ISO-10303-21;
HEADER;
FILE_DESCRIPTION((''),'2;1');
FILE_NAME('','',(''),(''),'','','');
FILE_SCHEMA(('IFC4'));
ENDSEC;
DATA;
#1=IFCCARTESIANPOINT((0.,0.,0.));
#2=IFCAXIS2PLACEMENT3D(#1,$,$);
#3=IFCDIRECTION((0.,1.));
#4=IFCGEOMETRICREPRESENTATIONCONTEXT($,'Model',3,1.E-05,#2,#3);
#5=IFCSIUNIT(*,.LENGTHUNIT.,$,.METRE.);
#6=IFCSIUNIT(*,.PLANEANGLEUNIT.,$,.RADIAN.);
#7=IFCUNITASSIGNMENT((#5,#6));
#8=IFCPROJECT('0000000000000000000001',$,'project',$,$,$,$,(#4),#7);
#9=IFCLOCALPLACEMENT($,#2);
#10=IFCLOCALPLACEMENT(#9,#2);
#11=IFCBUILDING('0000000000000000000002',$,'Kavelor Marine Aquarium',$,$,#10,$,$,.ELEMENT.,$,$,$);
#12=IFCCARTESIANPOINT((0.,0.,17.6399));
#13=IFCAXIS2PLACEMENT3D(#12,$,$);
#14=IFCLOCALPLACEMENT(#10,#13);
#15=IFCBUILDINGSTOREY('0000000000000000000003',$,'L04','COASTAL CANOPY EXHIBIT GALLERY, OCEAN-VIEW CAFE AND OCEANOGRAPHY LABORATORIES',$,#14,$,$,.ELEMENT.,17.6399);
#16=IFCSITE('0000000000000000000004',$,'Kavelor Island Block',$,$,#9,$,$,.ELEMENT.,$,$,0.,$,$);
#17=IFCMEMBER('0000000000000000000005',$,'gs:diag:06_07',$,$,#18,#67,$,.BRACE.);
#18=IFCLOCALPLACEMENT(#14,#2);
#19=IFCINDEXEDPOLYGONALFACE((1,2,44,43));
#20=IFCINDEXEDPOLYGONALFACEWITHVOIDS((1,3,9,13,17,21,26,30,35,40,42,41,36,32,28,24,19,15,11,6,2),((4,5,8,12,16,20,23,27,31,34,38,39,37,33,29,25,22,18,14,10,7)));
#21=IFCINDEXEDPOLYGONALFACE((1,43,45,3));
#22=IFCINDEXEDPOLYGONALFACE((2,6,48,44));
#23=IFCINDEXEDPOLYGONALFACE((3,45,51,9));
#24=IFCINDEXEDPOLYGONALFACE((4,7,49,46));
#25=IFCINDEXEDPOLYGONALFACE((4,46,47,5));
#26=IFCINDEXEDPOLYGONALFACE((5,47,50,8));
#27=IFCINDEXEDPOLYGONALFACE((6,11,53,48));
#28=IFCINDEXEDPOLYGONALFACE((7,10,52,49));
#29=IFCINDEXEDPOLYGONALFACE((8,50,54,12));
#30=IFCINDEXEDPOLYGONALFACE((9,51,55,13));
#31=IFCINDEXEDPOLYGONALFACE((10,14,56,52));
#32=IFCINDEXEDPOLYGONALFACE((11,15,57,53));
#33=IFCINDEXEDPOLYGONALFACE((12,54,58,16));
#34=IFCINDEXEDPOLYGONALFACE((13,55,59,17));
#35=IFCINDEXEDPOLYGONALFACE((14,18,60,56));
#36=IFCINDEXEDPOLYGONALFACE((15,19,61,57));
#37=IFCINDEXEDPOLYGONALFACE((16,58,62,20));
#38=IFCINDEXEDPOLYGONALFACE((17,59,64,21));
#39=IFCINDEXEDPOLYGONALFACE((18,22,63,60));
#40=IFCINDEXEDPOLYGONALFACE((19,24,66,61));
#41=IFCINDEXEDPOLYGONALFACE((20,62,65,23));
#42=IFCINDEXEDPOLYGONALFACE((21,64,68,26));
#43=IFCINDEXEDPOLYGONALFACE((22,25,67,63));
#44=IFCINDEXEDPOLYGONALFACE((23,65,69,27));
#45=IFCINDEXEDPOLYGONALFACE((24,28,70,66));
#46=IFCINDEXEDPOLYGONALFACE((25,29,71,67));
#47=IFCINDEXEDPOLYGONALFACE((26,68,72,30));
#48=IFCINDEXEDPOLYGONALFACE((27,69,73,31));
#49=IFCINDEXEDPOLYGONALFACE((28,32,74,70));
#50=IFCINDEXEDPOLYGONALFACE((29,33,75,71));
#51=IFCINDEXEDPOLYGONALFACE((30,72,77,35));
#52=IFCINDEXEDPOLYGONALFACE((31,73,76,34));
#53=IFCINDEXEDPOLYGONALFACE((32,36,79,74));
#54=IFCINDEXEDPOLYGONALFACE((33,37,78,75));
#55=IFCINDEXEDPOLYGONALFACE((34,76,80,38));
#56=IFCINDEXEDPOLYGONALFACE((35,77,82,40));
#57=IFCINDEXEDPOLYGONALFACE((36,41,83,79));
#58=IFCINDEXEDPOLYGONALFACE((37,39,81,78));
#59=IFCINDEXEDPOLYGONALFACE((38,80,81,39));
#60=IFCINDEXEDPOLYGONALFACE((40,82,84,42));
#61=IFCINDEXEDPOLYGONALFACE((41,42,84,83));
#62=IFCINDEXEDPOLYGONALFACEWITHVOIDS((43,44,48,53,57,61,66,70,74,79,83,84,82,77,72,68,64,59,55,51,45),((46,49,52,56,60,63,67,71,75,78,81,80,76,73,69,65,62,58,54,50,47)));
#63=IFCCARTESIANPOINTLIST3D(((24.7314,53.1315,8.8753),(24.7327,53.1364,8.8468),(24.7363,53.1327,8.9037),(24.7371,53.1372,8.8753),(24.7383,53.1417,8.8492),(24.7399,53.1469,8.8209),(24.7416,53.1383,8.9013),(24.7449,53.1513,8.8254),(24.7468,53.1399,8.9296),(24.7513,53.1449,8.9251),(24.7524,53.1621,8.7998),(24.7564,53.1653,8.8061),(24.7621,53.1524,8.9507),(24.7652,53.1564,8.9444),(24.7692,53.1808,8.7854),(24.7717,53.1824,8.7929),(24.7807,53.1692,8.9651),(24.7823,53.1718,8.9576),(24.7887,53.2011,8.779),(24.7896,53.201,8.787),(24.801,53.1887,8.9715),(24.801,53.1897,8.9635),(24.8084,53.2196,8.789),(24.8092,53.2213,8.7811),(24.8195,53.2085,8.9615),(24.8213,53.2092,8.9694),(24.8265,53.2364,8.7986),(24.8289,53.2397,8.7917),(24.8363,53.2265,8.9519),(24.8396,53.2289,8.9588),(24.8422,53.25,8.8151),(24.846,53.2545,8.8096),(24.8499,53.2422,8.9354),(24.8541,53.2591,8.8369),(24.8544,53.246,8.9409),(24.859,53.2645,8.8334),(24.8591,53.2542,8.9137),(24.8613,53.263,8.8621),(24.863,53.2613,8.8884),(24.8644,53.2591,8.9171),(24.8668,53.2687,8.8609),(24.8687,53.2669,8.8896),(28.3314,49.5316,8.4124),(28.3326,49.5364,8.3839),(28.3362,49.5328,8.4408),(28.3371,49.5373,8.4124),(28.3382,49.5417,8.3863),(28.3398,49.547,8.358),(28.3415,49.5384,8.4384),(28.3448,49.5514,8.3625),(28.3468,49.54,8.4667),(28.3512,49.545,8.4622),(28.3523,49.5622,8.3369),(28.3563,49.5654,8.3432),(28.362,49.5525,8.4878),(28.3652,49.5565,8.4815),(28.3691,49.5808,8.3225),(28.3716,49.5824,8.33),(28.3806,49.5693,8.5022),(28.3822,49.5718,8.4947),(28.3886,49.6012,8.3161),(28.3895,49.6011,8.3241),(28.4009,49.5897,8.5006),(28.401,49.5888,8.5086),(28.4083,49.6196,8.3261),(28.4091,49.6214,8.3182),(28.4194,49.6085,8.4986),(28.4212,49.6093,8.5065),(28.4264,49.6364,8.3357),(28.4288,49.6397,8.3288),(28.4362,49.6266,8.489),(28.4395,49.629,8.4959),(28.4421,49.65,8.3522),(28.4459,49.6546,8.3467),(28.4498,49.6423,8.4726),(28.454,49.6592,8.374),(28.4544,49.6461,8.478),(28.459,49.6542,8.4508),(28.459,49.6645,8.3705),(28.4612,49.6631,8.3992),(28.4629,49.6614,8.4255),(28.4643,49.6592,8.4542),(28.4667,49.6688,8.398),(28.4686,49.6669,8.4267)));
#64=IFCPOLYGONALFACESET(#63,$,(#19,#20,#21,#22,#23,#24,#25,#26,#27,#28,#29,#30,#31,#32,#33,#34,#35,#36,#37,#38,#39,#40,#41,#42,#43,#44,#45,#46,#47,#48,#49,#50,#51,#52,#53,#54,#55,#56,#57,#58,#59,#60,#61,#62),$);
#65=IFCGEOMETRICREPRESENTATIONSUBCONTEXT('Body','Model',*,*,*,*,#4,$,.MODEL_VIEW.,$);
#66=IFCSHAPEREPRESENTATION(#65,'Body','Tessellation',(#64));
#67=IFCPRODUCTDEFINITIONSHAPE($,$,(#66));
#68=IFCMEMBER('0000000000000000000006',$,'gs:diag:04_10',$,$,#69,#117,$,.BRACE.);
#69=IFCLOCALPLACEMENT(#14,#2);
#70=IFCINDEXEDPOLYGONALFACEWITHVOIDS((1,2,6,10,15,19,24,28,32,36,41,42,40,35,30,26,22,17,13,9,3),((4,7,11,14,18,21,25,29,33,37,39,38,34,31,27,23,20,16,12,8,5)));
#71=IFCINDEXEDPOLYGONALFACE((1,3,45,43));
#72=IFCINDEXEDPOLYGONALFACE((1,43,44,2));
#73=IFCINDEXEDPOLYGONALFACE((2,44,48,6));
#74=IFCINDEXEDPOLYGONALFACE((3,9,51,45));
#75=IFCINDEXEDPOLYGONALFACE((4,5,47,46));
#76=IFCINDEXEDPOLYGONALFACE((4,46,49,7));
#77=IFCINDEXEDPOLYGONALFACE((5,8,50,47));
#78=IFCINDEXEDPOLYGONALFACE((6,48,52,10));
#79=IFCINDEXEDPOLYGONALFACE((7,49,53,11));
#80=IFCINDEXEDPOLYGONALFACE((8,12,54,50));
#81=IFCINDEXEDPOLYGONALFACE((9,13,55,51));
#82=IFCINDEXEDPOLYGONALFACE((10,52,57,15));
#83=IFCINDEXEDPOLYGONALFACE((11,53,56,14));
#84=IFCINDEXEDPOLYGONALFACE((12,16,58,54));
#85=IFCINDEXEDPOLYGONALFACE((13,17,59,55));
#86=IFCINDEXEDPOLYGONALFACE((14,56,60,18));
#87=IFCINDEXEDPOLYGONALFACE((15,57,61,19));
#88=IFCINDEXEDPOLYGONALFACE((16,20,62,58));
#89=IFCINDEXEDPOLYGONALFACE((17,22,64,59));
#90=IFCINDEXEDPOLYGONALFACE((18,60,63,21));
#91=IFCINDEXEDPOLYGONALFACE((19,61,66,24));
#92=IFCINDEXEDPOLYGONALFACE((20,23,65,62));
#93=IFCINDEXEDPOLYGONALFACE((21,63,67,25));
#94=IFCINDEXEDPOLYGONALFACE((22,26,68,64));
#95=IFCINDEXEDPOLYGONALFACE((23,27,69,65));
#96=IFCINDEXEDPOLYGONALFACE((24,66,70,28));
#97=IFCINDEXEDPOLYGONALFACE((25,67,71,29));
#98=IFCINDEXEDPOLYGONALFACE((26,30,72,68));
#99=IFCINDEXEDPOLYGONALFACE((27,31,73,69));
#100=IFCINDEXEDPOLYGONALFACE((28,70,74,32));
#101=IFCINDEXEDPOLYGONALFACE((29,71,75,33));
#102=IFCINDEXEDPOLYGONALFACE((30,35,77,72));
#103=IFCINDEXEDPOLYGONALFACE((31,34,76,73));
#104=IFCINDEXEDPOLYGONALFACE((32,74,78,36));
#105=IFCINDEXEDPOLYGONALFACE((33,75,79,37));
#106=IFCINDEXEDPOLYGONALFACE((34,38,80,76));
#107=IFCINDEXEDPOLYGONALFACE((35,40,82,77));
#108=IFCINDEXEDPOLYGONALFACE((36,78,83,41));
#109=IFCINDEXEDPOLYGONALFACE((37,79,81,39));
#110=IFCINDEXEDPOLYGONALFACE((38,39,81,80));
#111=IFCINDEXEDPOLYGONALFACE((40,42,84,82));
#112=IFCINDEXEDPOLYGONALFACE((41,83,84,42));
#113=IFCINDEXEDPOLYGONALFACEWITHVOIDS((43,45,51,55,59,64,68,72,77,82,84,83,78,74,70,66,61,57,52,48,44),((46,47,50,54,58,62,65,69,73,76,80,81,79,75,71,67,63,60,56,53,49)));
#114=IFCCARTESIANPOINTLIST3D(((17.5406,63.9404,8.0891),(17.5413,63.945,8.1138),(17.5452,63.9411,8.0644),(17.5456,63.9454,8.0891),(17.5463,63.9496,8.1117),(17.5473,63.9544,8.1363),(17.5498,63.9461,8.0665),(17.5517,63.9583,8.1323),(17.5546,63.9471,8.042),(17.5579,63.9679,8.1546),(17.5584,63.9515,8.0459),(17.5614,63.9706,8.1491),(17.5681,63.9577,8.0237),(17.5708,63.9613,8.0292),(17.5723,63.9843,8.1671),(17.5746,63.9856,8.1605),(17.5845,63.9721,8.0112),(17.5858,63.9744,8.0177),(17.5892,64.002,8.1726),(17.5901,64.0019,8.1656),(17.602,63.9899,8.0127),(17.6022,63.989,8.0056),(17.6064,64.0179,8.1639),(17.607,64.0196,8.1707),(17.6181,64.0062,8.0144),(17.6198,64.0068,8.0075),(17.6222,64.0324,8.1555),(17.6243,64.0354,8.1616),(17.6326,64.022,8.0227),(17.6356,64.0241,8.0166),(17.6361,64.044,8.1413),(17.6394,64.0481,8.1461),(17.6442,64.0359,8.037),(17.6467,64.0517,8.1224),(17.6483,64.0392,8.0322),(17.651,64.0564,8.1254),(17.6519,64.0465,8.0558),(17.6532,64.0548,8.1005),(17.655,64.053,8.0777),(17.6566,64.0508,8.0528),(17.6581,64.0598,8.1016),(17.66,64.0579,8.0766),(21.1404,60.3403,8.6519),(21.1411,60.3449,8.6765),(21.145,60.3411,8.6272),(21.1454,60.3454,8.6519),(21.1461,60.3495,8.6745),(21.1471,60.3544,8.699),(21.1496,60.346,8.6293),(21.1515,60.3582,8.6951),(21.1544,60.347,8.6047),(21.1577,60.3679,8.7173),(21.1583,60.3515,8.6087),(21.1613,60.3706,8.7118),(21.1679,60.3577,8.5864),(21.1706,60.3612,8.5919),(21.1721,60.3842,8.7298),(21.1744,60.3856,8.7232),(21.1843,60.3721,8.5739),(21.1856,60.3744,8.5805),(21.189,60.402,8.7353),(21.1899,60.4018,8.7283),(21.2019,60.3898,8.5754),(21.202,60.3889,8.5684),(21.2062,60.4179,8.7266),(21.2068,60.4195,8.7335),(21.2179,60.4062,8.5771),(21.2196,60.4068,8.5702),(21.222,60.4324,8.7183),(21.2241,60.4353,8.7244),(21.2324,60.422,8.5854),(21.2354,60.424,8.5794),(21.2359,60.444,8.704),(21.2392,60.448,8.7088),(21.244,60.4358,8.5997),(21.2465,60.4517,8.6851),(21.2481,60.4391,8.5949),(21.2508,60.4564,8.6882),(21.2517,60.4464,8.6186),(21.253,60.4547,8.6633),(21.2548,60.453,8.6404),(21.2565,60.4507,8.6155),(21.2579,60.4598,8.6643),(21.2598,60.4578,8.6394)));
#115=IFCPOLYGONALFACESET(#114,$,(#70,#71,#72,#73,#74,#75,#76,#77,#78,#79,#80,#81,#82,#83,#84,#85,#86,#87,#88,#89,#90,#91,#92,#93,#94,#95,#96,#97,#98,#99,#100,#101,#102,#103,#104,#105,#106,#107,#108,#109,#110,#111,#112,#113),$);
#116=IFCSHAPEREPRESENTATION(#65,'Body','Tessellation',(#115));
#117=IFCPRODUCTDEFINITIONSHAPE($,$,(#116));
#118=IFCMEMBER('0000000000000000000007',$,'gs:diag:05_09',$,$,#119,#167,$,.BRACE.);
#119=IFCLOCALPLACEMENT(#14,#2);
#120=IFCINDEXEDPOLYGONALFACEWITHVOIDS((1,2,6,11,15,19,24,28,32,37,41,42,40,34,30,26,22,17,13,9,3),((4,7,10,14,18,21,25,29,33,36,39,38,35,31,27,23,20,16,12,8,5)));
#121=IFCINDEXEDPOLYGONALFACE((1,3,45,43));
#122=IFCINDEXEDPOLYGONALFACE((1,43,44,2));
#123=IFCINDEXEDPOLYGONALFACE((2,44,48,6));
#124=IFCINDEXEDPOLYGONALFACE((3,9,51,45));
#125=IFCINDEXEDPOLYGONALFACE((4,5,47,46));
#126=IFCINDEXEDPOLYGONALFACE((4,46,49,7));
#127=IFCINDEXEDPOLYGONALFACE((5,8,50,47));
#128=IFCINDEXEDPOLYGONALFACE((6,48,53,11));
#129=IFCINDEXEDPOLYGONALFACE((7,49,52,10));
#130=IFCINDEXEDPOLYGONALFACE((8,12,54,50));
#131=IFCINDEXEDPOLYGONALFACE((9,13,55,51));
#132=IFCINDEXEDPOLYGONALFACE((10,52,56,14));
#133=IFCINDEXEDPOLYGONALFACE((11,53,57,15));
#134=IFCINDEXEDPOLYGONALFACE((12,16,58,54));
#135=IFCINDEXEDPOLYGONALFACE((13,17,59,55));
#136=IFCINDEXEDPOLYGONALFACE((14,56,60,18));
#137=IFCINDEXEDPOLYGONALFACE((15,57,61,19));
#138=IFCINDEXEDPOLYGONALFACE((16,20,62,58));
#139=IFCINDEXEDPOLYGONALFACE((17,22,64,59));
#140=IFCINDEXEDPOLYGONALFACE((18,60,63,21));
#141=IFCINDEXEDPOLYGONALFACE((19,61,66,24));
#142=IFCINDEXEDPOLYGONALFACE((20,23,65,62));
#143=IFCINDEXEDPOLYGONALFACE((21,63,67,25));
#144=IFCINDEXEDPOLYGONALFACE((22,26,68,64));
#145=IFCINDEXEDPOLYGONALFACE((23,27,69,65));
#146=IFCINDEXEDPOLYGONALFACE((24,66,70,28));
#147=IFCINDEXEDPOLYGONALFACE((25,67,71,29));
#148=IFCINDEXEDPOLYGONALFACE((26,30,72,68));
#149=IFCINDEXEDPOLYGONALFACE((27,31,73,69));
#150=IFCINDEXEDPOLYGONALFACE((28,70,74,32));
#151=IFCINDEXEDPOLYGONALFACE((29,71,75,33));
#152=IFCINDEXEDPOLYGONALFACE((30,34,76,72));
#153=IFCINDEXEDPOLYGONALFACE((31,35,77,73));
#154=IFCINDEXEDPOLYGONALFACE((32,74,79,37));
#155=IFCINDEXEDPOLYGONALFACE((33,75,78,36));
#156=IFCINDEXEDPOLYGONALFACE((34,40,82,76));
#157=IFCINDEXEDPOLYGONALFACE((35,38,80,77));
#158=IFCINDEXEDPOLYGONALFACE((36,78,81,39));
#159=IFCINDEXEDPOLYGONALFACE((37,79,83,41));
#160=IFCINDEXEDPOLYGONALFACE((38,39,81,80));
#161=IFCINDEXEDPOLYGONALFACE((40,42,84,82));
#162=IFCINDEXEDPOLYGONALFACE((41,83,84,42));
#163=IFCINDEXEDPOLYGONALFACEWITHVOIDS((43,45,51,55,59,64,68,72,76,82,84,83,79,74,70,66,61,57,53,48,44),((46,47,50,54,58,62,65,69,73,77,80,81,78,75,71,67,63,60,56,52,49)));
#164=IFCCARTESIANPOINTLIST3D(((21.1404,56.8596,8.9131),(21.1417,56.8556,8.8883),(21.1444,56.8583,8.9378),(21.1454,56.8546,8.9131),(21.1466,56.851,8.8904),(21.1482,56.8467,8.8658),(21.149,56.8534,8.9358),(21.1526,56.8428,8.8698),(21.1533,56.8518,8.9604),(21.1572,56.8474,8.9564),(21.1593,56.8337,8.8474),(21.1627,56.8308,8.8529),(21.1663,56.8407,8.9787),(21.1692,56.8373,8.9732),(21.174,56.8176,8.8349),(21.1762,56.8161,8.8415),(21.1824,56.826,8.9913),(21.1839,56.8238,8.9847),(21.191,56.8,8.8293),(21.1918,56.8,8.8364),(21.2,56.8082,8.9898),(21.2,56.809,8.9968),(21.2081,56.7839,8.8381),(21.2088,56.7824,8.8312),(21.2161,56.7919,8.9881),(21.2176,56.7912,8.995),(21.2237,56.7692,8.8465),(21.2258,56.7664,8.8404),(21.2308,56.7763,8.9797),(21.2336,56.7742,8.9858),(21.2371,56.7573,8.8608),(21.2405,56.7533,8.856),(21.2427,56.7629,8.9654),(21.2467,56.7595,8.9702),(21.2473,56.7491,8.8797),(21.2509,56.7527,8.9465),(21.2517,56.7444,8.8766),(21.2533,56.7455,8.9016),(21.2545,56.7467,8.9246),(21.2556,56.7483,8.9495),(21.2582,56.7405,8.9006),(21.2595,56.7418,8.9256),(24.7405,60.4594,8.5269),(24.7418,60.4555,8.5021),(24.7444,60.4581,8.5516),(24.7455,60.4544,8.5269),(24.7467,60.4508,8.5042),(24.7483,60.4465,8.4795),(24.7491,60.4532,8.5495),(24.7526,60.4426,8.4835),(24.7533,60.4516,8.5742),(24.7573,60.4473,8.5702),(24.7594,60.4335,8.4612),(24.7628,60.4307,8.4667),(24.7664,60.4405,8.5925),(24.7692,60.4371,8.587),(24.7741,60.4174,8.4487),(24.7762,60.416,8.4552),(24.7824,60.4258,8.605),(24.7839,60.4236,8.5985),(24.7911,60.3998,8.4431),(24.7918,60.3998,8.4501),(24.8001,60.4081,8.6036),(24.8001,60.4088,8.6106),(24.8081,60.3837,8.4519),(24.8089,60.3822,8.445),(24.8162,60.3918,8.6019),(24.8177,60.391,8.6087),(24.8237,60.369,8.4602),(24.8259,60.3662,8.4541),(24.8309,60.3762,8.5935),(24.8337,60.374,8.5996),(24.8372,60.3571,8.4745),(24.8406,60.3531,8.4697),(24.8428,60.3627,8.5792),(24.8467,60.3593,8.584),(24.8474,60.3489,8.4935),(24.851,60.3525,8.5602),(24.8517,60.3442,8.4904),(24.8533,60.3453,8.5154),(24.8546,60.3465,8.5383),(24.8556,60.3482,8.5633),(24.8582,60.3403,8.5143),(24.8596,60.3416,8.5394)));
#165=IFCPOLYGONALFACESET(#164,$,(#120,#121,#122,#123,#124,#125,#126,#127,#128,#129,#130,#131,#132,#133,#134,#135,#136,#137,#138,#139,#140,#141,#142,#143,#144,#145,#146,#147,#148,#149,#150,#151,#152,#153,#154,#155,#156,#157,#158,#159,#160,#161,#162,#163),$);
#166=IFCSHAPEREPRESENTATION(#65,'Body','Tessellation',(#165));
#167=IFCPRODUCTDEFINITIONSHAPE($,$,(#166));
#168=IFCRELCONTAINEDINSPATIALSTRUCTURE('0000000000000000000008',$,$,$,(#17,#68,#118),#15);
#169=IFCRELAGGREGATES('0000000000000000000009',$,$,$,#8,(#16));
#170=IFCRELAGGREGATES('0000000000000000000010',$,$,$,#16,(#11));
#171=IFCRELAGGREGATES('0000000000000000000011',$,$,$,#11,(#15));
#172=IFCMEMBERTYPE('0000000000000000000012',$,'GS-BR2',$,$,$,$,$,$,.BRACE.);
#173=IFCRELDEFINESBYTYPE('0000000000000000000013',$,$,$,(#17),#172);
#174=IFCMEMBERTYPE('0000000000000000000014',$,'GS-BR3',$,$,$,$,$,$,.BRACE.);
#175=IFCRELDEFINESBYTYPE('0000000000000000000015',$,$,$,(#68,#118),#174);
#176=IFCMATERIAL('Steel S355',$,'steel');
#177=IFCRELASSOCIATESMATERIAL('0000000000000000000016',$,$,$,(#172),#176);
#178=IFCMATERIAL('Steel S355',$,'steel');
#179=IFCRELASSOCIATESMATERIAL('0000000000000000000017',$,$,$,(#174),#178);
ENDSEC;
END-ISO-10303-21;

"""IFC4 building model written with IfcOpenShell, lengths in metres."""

from ifc_helpers import new_model, si_unit, direction, frame, origin, origin_2d, place, context, subcontext, project, spatial, hollow_circle, extrude, material, material_profile, profile_set, type_object, element, save


model = new_model("IFC4")

# Units and contexts
model_context = context("Model", 3, precision=1e-05, world=origin(), true_north=direction((0.0, 1.0)))
body_context = subcontext(model_context, "Body", "Model", "MODEL_VIEW")
ifc_project = project(units=[si_unit("LENGTHUNIT", "METRE"), si_unit("PLANEANGLEUNIT", "RADIAN")], contexts=[model_context])

# Site, building, storey
site_placement = place(None, origin())
site = spatial("IfcSite", under=ifc_project, at=site_placement, Name="Kavelor Island Block", CompositionType="ELEMENT", RefElevation=0.0)
building_placement = place(site_placement, origin())
building = spatial("IfcBuilding", under=site, at=building_placement, Name="Kavelor Marine Aquarium", CompositionType="ELEMENT")
storey_placement = place(building_placement, frame((0.0, 0.0, 17.6399)))
storey = spatial("IfcBuildingStorey", under=building, at=storey_placement, Name="L04", Description="COASTAL CANOPY EXHIBIT GALLERY, OCEAN-VIEW CAFE AND OCEANOGRAPHY LABORATORIES", CompositionType="ELEMENT", Elevation=17.6399)

# Members
ifc_material_1 = material(Name="Steel S355", Category="steel")
ifc_material_profile_1 = material_profile(ifc_material_1, hollow_circle(Radius=0.0969, WallThickness=0.0081, at=origin_2d()), Name="CHS 193.7x8.0")
ifc_profile_set_1 = profile_set([ifc_material_profile_1], Name="Steel S355")
member_type_1 = type_object("IfcMemberType", Name="GS-BR2", PredefinedType="BRACE", material=ifc_profile_set_1)
member_1_placement = place(storey_placement, frame((28.3999, 49.6001, 8.4124), z_axis=(-0.704202, 0.704202, 0.09055), x_axis=(-0.707107, -0.707107, 0.0)))
element("IfcMember", 1, at=member_1_placement, inside=storey, type_object=member_type_1, Name="gs:diag:06_07", PredefinedType="BRACE", context=body_context, shape_type="SweptSolid", body=[
    extrude(hollow_circle(Radius=0.0969, WallThickness=0.0081, at=origin_2d()), origin(), (0.0, 0.0, 1.0), 5.1121),
])
ifc_material_2 = material(Name="Steel S355", Category="steel")
ifc_material_profile_2 = material_profile(ifc_material_2, hollow_circle(Radius=0.0842, WallThickness=0.0071, at=origin_2d()), Name="CHS 168.3x7.1")
ifc_profile_set_2 = profile_set([ifc_material_profile_2], Name="Steel S355")
member_type_2 = type_object("IfcMemberType", Name="GS-BR3", PredefinedType="BRACE", material=ifc_profile_set_2)
member_2_placement = place(storey_placement, frame((21.2, 60.3999, 8.6519), z_axis=(-0.702802, 0.70285, -0.109865), x_axis=(-0.707131, -0.707083, 0.0)))
element("IfcMember", 2, at=member_2_placement, inside=storey, type_object=member_type_2, Name="gs:diag:04_10", PredefinedType="BRACE", context=body_context, shape_type="SweptSolid", body=[
    extrude(hollow_circle(Radius=0.0842, WallThickness=0.0071, at=origin_2d()), origin(), (0.0, 0.0, 1.0), 5.1221),
])
member_3_placement = place(storey_placement, frame((21.2, 56.8, 8.9131), z_axis=(0.705105, 0.705057, -0.075646), x_axis=(-0.707083, 0.707131, 0.0)))
element("IfcMember", 3, at=member_3_placement, inside=storey, type_object=member_type_2, Name="gs:diag:05_09", PredefinedType="BRACE", context=body_context, shape_type="SweptSolid", body=[
    extrude(hollow_circle(Radius=0.0842, WallThickness=0.0071, at=origin_2d()), origin(), (0.0, 0.0, 1.0), 5.1057),
])

save(model, "model.ifc")
